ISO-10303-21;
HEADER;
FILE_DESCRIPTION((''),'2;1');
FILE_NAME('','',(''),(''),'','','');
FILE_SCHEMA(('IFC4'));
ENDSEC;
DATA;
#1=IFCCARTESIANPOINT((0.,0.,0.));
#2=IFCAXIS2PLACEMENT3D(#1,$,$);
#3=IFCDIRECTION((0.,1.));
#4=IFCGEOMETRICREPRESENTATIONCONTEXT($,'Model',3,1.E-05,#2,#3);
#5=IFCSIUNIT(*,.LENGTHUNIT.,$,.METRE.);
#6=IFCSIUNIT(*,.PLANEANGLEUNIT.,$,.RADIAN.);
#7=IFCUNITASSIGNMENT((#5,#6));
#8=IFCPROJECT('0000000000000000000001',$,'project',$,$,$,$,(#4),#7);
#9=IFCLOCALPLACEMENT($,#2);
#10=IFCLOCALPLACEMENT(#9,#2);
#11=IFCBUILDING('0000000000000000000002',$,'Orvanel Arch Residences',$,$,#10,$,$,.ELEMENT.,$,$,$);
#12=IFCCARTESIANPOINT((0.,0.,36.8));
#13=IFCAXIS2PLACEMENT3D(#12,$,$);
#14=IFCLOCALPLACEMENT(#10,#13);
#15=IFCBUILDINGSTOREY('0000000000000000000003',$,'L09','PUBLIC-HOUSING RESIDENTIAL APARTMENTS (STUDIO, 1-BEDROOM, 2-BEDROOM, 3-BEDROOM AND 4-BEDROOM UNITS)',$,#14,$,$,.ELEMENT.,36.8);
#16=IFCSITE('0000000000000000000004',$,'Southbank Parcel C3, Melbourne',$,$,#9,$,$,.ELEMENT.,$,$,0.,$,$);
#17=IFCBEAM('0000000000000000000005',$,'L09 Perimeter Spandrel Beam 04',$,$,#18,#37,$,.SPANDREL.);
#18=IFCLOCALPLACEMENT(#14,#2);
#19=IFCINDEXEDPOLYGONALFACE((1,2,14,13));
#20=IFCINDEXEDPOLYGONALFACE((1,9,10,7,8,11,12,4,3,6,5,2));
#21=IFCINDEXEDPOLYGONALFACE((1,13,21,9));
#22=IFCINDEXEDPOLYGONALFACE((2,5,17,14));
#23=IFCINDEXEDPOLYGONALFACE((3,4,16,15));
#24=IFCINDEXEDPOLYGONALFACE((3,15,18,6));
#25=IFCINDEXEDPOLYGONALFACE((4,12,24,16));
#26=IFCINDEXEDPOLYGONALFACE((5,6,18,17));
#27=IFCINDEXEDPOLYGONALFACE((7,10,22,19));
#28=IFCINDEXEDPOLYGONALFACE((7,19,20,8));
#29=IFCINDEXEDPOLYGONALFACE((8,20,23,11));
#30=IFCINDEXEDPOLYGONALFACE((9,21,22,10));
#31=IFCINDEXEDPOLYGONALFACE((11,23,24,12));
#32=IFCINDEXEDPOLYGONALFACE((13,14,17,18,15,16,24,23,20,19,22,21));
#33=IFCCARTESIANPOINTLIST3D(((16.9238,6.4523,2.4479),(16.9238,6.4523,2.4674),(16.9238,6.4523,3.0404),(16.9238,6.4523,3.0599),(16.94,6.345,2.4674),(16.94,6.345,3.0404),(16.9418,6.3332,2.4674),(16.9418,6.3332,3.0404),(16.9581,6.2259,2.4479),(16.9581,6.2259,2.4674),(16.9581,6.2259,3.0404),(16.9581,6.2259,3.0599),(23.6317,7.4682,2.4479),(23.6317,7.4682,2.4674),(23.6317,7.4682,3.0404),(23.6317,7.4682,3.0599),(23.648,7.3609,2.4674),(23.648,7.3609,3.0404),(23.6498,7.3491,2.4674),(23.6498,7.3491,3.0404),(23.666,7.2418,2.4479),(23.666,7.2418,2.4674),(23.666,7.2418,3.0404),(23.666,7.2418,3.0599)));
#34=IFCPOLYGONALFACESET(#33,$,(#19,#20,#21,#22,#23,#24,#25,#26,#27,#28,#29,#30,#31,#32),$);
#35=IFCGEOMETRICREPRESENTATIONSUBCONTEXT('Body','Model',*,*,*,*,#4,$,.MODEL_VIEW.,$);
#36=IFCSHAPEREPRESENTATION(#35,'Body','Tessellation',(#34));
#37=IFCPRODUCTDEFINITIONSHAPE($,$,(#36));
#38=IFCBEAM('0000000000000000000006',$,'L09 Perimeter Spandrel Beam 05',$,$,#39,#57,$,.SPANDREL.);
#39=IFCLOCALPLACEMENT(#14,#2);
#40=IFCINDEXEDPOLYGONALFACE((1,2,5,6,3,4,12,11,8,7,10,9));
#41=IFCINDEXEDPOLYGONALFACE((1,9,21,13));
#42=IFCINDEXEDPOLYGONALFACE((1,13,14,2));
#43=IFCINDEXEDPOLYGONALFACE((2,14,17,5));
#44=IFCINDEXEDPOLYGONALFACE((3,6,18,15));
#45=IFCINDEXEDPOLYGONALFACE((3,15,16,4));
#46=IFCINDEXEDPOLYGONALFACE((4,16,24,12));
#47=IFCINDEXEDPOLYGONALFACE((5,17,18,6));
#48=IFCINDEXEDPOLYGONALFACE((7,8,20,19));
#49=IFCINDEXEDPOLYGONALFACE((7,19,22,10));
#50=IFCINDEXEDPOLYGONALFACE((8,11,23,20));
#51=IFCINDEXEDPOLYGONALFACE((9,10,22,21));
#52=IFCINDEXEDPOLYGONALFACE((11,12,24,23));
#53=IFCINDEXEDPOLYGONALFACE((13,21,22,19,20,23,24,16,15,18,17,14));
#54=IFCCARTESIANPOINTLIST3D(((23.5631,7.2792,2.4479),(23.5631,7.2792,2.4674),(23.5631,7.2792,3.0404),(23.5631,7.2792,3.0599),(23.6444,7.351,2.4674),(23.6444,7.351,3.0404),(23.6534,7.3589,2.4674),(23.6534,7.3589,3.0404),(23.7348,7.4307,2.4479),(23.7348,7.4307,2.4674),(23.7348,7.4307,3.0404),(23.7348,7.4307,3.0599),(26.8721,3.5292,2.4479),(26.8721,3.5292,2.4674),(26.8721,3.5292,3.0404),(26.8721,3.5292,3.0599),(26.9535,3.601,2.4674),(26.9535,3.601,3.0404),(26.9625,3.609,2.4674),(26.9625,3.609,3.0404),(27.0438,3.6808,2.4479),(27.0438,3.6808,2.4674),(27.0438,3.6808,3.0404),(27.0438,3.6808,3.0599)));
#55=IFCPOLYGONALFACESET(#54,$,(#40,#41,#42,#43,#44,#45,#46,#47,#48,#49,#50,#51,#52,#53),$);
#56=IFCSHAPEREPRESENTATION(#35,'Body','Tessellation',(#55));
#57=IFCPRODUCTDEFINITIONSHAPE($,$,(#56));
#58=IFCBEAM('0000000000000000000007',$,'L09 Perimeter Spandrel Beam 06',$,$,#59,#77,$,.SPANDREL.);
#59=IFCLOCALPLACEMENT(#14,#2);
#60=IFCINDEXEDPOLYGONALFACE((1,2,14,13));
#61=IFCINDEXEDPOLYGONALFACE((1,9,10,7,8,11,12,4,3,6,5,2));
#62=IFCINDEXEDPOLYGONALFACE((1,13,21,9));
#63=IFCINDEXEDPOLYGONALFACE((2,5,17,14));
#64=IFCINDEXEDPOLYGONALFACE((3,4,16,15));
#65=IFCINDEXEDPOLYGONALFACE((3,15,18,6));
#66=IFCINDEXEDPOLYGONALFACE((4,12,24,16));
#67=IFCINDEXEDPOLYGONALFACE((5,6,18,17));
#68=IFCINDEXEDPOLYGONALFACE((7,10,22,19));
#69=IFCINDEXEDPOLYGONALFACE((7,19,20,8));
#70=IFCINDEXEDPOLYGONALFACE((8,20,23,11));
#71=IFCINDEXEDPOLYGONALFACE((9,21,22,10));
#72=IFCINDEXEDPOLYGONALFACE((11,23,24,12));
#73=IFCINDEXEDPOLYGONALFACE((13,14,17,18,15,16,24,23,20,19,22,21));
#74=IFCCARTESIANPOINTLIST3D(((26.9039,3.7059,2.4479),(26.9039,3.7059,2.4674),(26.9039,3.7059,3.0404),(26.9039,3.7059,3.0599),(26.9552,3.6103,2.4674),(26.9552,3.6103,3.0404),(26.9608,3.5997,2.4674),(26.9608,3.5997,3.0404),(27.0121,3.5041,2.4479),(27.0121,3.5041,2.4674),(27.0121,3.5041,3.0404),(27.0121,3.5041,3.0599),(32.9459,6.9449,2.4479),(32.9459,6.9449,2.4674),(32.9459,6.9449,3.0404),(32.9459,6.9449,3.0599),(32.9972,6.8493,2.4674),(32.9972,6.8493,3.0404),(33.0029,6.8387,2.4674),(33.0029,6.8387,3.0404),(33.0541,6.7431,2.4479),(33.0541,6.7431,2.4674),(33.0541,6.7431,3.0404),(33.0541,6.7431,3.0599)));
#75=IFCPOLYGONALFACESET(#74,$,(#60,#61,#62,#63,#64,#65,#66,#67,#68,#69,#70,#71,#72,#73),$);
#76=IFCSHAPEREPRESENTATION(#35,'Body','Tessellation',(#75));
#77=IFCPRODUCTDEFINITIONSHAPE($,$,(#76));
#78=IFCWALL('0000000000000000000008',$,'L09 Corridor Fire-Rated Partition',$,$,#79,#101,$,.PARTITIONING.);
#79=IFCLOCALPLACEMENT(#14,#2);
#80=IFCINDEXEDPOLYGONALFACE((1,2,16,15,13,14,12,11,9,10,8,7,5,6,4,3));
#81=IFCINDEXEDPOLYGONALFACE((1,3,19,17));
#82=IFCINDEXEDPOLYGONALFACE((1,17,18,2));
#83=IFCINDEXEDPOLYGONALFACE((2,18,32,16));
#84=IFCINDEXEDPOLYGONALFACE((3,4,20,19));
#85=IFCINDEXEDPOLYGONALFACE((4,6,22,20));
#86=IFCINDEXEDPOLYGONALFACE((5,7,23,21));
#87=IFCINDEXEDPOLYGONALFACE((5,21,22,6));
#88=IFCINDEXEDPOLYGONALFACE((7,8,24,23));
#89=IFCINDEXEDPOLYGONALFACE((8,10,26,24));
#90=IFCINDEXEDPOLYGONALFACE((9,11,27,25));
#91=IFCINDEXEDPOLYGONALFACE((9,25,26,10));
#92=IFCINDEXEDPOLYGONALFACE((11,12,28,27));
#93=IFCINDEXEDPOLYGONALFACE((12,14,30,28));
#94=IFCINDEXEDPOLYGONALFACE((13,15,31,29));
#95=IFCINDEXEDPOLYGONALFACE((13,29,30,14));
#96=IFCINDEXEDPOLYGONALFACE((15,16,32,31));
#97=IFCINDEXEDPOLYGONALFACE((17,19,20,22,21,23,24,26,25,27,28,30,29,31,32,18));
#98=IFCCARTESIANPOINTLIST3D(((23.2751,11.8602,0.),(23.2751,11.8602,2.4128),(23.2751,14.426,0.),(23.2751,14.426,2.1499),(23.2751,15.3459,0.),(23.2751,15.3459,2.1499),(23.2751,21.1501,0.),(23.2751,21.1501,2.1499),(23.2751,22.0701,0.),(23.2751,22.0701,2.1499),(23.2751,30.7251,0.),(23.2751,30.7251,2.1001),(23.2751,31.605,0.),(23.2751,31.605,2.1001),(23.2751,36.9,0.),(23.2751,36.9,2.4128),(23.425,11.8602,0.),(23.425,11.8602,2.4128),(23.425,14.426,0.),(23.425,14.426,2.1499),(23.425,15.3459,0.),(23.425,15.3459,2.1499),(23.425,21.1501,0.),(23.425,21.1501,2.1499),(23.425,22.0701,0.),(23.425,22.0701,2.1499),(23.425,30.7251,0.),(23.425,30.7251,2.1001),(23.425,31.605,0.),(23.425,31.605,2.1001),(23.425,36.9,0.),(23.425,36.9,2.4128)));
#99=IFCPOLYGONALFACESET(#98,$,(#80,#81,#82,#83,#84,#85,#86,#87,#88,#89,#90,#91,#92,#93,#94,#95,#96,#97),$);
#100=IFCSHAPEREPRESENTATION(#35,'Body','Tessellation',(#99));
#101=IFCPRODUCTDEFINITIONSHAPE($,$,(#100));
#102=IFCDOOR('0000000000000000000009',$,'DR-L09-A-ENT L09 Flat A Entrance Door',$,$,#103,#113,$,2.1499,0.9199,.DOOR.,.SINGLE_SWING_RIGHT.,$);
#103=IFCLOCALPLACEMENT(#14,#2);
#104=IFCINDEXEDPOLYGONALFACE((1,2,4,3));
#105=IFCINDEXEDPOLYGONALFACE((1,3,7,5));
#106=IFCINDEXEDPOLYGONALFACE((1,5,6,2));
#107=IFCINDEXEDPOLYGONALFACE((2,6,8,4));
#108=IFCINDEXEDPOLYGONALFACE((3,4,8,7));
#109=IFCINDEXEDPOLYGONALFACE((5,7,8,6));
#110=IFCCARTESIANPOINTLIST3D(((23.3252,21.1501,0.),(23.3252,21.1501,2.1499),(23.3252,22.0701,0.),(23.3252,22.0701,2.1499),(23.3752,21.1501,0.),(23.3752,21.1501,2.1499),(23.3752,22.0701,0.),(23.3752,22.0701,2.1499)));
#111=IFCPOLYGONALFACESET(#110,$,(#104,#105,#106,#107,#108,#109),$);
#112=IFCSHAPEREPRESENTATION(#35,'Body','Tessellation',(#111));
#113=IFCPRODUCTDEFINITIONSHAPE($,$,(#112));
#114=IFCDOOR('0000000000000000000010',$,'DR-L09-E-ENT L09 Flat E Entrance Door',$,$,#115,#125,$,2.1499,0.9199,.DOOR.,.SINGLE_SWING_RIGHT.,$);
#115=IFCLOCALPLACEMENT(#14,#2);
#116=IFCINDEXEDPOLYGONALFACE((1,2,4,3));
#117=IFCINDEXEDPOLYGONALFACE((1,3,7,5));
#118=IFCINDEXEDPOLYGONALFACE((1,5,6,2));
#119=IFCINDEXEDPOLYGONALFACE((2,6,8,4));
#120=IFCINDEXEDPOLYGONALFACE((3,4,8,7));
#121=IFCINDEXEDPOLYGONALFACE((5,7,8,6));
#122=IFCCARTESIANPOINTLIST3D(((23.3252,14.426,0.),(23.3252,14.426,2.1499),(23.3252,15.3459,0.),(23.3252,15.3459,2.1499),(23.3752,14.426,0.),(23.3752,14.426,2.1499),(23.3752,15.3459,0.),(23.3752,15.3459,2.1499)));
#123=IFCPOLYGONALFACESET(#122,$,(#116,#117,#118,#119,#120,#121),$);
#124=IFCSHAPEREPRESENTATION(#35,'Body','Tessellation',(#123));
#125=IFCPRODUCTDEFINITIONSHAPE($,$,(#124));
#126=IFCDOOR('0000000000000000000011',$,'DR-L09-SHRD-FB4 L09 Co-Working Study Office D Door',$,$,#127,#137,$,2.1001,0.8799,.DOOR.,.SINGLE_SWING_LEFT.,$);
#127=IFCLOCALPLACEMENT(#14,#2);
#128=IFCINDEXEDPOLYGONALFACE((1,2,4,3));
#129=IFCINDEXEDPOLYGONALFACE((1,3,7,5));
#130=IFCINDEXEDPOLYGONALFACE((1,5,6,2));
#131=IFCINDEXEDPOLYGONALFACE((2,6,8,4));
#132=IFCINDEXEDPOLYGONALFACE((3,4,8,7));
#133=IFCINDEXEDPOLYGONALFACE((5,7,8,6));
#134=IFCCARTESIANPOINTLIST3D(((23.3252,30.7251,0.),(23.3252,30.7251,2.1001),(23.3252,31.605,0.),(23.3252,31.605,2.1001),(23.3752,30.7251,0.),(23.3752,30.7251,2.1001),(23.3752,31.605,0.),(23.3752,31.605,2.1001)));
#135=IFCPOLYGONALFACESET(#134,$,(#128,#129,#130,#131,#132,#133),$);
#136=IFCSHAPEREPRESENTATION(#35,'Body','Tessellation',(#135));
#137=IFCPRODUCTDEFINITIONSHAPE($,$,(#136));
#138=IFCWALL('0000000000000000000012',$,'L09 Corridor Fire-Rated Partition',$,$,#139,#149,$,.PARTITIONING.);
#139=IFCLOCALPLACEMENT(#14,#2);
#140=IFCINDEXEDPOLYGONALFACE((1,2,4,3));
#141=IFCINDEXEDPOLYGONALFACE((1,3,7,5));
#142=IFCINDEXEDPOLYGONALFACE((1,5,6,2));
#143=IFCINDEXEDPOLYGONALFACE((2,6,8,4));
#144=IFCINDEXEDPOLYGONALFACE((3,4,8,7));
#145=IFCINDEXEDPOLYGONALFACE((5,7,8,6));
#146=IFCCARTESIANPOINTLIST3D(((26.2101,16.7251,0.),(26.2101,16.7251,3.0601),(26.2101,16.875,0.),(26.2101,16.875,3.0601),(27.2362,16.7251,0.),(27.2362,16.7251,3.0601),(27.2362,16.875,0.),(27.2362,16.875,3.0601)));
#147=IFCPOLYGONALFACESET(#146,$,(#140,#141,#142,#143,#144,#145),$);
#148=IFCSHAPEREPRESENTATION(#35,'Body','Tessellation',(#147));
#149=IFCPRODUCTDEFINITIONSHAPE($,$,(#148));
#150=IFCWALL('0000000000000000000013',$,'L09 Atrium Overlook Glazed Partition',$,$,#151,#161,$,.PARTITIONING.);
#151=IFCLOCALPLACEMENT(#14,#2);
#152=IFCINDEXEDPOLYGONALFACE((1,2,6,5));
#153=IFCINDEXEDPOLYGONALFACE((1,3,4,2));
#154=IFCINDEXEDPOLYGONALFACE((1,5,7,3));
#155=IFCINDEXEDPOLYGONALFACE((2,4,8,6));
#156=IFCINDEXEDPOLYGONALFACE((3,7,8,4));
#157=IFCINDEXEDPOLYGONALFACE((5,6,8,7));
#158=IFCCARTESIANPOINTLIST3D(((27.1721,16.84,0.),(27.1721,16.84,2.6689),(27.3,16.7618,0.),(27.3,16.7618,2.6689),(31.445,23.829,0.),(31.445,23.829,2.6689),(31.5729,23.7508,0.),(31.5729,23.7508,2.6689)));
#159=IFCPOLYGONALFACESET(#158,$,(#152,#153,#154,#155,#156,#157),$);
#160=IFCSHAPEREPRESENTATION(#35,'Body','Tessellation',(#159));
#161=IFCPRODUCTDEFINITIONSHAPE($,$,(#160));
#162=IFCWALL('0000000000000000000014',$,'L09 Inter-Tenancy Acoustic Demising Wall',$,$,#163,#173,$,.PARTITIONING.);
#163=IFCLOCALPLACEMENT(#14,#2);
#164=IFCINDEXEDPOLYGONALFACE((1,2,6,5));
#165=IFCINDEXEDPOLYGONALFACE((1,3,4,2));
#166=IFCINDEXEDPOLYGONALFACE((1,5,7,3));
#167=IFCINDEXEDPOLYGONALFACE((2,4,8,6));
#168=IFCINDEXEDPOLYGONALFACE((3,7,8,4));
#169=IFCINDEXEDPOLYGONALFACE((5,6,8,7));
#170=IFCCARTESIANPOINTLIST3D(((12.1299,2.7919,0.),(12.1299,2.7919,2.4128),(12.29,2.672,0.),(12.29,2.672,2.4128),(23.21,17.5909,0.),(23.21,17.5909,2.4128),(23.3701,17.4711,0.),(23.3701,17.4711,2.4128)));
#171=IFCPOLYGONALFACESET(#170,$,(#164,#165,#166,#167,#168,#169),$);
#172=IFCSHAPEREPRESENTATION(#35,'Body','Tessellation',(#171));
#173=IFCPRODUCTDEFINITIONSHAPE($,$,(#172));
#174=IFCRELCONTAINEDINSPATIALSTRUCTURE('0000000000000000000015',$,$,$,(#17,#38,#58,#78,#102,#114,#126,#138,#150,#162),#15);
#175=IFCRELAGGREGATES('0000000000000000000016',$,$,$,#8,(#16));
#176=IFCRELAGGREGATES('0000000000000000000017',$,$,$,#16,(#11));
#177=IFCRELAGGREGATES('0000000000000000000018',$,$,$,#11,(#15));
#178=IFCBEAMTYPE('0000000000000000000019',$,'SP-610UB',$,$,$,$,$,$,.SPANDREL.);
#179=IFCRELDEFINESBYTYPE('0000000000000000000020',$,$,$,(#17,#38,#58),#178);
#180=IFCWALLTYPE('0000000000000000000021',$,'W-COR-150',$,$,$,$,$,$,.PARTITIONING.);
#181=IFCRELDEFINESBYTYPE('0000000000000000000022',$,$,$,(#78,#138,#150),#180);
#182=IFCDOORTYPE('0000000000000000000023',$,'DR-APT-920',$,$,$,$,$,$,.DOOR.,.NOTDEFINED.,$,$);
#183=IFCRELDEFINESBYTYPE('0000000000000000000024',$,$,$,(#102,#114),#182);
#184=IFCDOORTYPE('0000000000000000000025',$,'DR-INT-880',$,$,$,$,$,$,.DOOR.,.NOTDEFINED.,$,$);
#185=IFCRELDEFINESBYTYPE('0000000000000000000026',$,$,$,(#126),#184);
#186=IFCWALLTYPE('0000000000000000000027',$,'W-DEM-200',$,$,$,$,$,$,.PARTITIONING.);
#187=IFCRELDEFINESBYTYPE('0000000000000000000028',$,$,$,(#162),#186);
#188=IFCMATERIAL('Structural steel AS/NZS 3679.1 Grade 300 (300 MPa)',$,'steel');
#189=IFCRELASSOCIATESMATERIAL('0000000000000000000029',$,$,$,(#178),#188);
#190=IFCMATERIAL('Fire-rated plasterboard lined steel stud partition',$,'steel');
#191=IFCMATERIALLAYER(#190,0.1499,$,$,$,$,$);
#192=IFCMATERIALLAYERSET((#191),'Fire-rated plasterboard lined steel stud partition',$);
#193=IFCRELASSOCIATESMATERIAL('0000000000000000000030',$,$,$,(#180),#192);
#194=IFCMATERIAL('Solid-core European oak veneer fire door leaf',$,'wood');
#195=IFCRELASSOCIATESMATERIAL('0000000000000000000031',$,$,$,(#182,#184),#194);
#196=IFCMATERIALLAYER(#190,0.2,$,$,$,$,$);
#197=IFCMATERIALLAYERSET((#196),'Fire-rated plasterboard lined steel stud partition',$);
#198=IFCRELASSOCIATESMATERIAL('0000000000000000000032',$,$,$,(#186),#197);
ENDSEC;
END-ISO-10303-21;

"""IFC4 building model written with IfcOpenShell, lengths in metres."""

from ifc_helpers import new_model, si_unit, direction, frame, frame_2d, origin, origin_2d, place, context, subcontext, project, spatial, rectangle, i_section, extrude, material, layer, layer_set, material_profile, profile_set, type_object, element, fill, save


model = new_model("IFC4")

# Units and contexts
model_context = context("Model", 3, precision=1e-05, world=origin(), true_north=direction((0.0, 1.0)))
body_context = subcontext(model_context, "Body", "Model", "MODEL_VIEW")
ifc_project = project(units=[si_unit("LENGTHUNIT", "METRE"), si_unit("PLANEANGLEUNIT", "RADIAN")], contexts=[model_context])

# Site, building, storey
site_placement = place(None, origin())
site = spatial("IfcSite", under=ifc_project, at=site_placement, Name="Southbank Parcel C3, Melbourne", CompositionType="ELEMENT", RefElevation=0.0)
building_placement = place(site_placement, origin())
building = spatial("IfcBuilding", under=site, at=building_placement, Name="Orvanel Arch Residences", CompositionType="ELEMENT")
storey_placement = place(building_placement, frame((0.0, 0.0, 36.8)))
storey = spatial("IfcBuildingStorey", under=building, at=storey_placement, Name="L09", Description="PUBLIC-HOUSING RESIDENTIAL APARTMENTS (STUDIO, 1-BEDROOM, 2-BEDROOM, 3-BEDROOM AND 4-BEDROOM UNITS)", CompositionType="ELEMENT", Elevation=36.8)

# Beams
ifc_material_1 = material(Name="Structural steel AS/NZS 3679.1 Grade 300 (300 MPa)", Category="steel")
ifc_material_profile_1 = material_profile(ifc_material_1, i_section(OverallWidth=0.229, OverallDepth=0.6121, WebThickness=0.012, FlangeThickness=0.0195, at=origin_2d()), Name="610UB125")
ifc_profile_set_1 = profile_set([ifc_material_profile_1], Name="Structural steel AS/NZS 3679.1 Grade 300 (300 MPa)")
beam_type = type_object("IfcBeamType", Name="SP-610UB", PredefinedType="SPANDREL", material=ifc_profile_set_1)
beam_1_placement = place(storey_placement, frame((16.9409, 6.3391, 2.7539), z_axis=(0.988726, 0.149734, 0.0), x_axis=(-0.149734, 0.988726, 0.0)))
element("IfcBeam", 1, at=beam_1_placement, inside=storey, type_object=beam_type, Name="L09 Perimeter Spandrel Beam 04", PredefinedType="SPANDREL", context=body_context, shape_type="SweptSolid", body=[
    extrude(i_section(OverallWidth=0.229, OverallDepth=0.6121, WebThickness=0.012, FlangeThickness=0.0195, at=origin_2d()), origin(), (0.0, 0.0, 1.0), 6.7844),
])
beam_2_placement = place(storey_placement, frame((23.6489, 7.355, 2.7539), z_axis=(0.661651, -0.749812, 0.0), x_axis=(0.749812, 0.661651, 0.0)))
element("IfcBeam", 2, at=beam_2_placement, inside=storey, type_object=beam_type, Name="L09 Perimeter Spandrel Beam 05", PredefinedType="SPANDREL", context=body_context, shape_type="SweptSolid", body=[
    extrude(i_section(OverallWidth=0.229, OverallDepth=0.6121, WebThickness=0.012, FlangeThickness=0.0195, at=origin_2d()), origin(), (0.0, 0.0, 1.0), 5.0012),
])
beam_3_placement = place(storey_placement, frame((26.958, 3.605, 2.7539), z_axis=(0.881344, 0.472474, 0.0), x_axis=(-0.472474, 0.881344, 0.0)))
element("IfcBeam", 3, at=beam_3_placement, inside=storey, type_object=beam_type, Name="L09 Perimeter Spandrel Beam 06", PredefinedType="SPANDREL", context=body_context, shape_type="SweptSolid", body=[
    extrude(i_section(OverallWidth=0.229, OverallDepth=0.6121, WebThickness=0.012, FlangeThickness=0.0195, at=origin_2d()), origin(), (0.0, 0.0, 1.0), 6.8555),
])

# Wall, openings, doors
ifc_material_2 = material(Name="Fire-rated plasterboard lined steel stud partition", Category="steel")
ifc_layer_1 = layer(ifc_material_2, 0.1499)
ifc_layer_set_1 = layer_set([ifc_layer_1], Name="Fire-rated plasterboard lined steel stud partition")
wall_type_1 = type_object("IfcWallType", Name="W-COR-150", PredefinedType="PARTITIONING", material=ifc_layer_set_1)
wall_1_placement = place(storey_placement, frame((23.3501, 11.8601, 0.0), z_axis=(0.0, 0.0, 1.0), x_axis=(0.0, 1.0, 0.0)))
wall_1 = element("IfcWall", 4, at=wall_1_placement, inside=storey, type_object=wall_type_1, Name="L09 Corridor Fire-Rated Partition", PredefinedType="PARTITIONING", context=body_context, shape_type="SweptSolid", body=[
    extrude(rectangle(XDim=25.0398, YDim=0.1499, at=frame_2d((12.52, 0.0))), origin(), (0.0, 0.0, 1.0), 2.4128),
])
opening_1_placement = place(wall_1_placement, frame((9.29, 0.0, 0.0)))
opening_1 = element("IfcOpeningElement", 5, at=opening_1_placement, cuts=wall_1, PredefinedType="OPENING", context=body_context, shape_type="SweptSolid", body=[
    extrude(rectangle(XDim=0.9199, YDim=2.1499, at=frame_2d((0.46, 1.075))), frame((0.0, 0.085, 0.0), z_axis=(0.0, -1.0, 0.0), x_axis=(1.0, 0.0, 0.0)), (0.0, 0.0, 1.0), 0.1699),
])
opening_2_placement = place(wall_1_placement, frame((18.865, 0.0, 0.0)))
opening_2 = element("IfcOpeningElement", 6, at=opening_2_placement, cuts=wall_1, PredefinedType="OPENING", context=body_context, shape_type="SweptSolid", body=[
    extrude(rectangle(XDim=0.8799, YDim=2.1001, at=frame_2d((0.4399, 1.05))), frame((0.0, 0.085, 0.0), z_axis=(0.0, -1.0, 0.0), x_axis=(1.0, 0.0, 0.0)), (0.0, 0.0, 1.0), 0.1699),
])
opening_3_placement = place(wall_1_placement, frame((2.5659, 0.0, 0.0)))
opening_3 = element("IfcOpeningElement", 7, at=opening_3_placement, cuts=wall_1, PredefinedType="OPENING", context=body_context, shape_type="SweptSolid", body=[
    extrude(rectangle(XDim=0.9199, YDim=2.1499, at=frame_2d((0.46, 1.075))), frame((0.0, 0.085, 0.0), z_axis=(0.0, -1.0, 0.0), x_axis=(1.0, 0.0, 0.0)), (0.0, 0.0, 1.0), 0.1699),
])
ifc_material_3 = material(Name="Solid-core European oak veneer fire door leaf", Category="wood")
door_type_1 = type_object("IfcDoorType", Name="DR-APT-920", OperationType="NOTDEFINED", PredefinedType="DOOR", material=ifc_material_3)
door_1_placement = place(opening_1_placement, origin())
door_1 = element("IfcDoor", 8, at=door_1_placement, inside=storey, type_object=door_type_1, Name="DR-L09-A-ENT L09 Flat A Entrance Door", OperationType="SINGLE_SWING_RIGHT", OverallHeight=2.1499, OverallWidth=0.9199, PredefinedType="DOOR", context=body_context, shape_type="SweptSolid", body=[
    extrude(rectangle(XDim=0.9199, YDim=2.1499, at=frame_2d((0.46, 1.075))), frame((0.0, 0.0249, 0.0), z_axis=(0.0, -1.0, 0.0), x_axis=(1.0, 0.0, 0.0)), (0.0, 0.0, 1.0), 0.05),
])
fill(opening_1, door_1)
door_2_placement = place(opening_3_placement, origin())
door_2 = element("IfcDoor", 9, at=door_2_placement, inside=storey, type_object=door_type_1, Name="DR-L09-E-ENT L09 Flat E Entrance Door", OperationType="SINGLE_SWING_RIGHT", OverallHeight=2.1499, OverallWidth=0.9199, PredefinedType="DOOR", context=body_context, shape_type="SweptSolid", body=[
    extrude(rectangle(XDim=0.9199, YDim=2.1499, at=frame_2d((0.46, 1.075))), frame((0.0, 0.0249, 0.0), z_axis=(0.0, -1.0, 0.0), x_axis=(1.0, 0.0, 0.0)), (0.0, 0.0, 1.0), 0.05),
])
fill(opening_3, door_2)
door_type_2 = type_object("IfcDoorType", Name="DR-INT-880", OperationType="NOTDEFINED", PredefinedType="DOOR", material=ifc_material_3)
door_3_placement = place(opening_2_placement, origin())
door_3 = element("IfcDoor", 10, at=door_3_placement, inside=storey, type_object=door_type_2, Name="DR-L09-SHRD-FB4 L09 Co-Working Study Office D Door", OperationType="SINGLE_SWING_LEFT", OverallHeight=2.1001, OverallWidth=0.8799, PredefinedType="DOOR", context=body_context, shape_type="SweptSolid", body=[
    extrude(rectangle(XDim=0.8799, YDim=2.1001, at=frame_2d((0.4399, 1.05))), frame((0.0, 0.0249, 0.0), z_axis=(0.0, -1.0, 0.0), x_axis=(1.0, 0.0, 0.0)), (0.0, 0.0, 1.0), 0.05),
])
fill(opening_2, door_3)

# Walls
wall_2_placement = place(storey_placement, frame((26.21, 16.8, 0.0), z_axis=(0.0, 0.0, 1.0), x_axis=(1.0, 0.0, 0.0)))
element("IfcWall", 11, at=wall_2_placement, inside=storey, type_object=wall_type_1, Name="L09 Corridor Fire-Rated Partition", PredefinedType="PARTITIONING", context=body_context, shape_type="SweptSolid", body=[
    extrude(rectangle(XDim=1.0261, YDim=0.1499, at=frame_2d((0.5132, 0.0))), origin(), (0.0, 0.0, 1.0), 3.0601),
])
wall_3_placement = place(storey_placement, frame((27.2361, 16.801, 0.0), z_axis=(0.0, 0.0, 1.0), x_axis=(0.521618, 0.853179, 0.0)))
element("IfcWall", 12, at=wall_3_placement, inside=storey, type_object=wall_type_1, Name="L09 Atrium Overlook Glazed Partition", PredefinedType="PARTITIONING", context=body_context, shape_type="SweptSolid", body=[
    extrude(rectangle(XDim=8.1917, YDim=0.1499, at=frame_2d((4.0957, 0.0))), origin(), (0.0, 0.0, 1.0), 2.6689),
])
ifc_layer_2 = layer(ifc_material_2, 0.2)
ifc_layer_set_2 = layer_set([ifc_layer_2], Name="Fire-rated plasterboard lined steel stud partition")
wall_type_2 = type_object("IfcWallType", Name="W-DEM-200", PredefinedType="PARTITIONING", material=ifc_layer_set_2)
wall_4_placement = place(storey_placement, frame((23.29, 17.531, 0.0), z_axis=(0.0, 0.0, 1.0), x_axis=(-0.599334, -0.800499, 0.0)))
element("IfcWall", 13, at=wall_4_placement, inside=storey, type_object=wall_type_2, Name="L09 Inter-Tenancy Acoustic Demising Wall", PredefinedType="PARTITIONING", context=body_context, shape_type="SweptSolid", body=[
    extrude(rectangle(XDim=18.4873, YDim=0.2, at=frame_2d((9.2437, 0.0))), origin(), (0.0, 0.0, 1.0), 2.4128),
])

save(model, "model.ifc")
